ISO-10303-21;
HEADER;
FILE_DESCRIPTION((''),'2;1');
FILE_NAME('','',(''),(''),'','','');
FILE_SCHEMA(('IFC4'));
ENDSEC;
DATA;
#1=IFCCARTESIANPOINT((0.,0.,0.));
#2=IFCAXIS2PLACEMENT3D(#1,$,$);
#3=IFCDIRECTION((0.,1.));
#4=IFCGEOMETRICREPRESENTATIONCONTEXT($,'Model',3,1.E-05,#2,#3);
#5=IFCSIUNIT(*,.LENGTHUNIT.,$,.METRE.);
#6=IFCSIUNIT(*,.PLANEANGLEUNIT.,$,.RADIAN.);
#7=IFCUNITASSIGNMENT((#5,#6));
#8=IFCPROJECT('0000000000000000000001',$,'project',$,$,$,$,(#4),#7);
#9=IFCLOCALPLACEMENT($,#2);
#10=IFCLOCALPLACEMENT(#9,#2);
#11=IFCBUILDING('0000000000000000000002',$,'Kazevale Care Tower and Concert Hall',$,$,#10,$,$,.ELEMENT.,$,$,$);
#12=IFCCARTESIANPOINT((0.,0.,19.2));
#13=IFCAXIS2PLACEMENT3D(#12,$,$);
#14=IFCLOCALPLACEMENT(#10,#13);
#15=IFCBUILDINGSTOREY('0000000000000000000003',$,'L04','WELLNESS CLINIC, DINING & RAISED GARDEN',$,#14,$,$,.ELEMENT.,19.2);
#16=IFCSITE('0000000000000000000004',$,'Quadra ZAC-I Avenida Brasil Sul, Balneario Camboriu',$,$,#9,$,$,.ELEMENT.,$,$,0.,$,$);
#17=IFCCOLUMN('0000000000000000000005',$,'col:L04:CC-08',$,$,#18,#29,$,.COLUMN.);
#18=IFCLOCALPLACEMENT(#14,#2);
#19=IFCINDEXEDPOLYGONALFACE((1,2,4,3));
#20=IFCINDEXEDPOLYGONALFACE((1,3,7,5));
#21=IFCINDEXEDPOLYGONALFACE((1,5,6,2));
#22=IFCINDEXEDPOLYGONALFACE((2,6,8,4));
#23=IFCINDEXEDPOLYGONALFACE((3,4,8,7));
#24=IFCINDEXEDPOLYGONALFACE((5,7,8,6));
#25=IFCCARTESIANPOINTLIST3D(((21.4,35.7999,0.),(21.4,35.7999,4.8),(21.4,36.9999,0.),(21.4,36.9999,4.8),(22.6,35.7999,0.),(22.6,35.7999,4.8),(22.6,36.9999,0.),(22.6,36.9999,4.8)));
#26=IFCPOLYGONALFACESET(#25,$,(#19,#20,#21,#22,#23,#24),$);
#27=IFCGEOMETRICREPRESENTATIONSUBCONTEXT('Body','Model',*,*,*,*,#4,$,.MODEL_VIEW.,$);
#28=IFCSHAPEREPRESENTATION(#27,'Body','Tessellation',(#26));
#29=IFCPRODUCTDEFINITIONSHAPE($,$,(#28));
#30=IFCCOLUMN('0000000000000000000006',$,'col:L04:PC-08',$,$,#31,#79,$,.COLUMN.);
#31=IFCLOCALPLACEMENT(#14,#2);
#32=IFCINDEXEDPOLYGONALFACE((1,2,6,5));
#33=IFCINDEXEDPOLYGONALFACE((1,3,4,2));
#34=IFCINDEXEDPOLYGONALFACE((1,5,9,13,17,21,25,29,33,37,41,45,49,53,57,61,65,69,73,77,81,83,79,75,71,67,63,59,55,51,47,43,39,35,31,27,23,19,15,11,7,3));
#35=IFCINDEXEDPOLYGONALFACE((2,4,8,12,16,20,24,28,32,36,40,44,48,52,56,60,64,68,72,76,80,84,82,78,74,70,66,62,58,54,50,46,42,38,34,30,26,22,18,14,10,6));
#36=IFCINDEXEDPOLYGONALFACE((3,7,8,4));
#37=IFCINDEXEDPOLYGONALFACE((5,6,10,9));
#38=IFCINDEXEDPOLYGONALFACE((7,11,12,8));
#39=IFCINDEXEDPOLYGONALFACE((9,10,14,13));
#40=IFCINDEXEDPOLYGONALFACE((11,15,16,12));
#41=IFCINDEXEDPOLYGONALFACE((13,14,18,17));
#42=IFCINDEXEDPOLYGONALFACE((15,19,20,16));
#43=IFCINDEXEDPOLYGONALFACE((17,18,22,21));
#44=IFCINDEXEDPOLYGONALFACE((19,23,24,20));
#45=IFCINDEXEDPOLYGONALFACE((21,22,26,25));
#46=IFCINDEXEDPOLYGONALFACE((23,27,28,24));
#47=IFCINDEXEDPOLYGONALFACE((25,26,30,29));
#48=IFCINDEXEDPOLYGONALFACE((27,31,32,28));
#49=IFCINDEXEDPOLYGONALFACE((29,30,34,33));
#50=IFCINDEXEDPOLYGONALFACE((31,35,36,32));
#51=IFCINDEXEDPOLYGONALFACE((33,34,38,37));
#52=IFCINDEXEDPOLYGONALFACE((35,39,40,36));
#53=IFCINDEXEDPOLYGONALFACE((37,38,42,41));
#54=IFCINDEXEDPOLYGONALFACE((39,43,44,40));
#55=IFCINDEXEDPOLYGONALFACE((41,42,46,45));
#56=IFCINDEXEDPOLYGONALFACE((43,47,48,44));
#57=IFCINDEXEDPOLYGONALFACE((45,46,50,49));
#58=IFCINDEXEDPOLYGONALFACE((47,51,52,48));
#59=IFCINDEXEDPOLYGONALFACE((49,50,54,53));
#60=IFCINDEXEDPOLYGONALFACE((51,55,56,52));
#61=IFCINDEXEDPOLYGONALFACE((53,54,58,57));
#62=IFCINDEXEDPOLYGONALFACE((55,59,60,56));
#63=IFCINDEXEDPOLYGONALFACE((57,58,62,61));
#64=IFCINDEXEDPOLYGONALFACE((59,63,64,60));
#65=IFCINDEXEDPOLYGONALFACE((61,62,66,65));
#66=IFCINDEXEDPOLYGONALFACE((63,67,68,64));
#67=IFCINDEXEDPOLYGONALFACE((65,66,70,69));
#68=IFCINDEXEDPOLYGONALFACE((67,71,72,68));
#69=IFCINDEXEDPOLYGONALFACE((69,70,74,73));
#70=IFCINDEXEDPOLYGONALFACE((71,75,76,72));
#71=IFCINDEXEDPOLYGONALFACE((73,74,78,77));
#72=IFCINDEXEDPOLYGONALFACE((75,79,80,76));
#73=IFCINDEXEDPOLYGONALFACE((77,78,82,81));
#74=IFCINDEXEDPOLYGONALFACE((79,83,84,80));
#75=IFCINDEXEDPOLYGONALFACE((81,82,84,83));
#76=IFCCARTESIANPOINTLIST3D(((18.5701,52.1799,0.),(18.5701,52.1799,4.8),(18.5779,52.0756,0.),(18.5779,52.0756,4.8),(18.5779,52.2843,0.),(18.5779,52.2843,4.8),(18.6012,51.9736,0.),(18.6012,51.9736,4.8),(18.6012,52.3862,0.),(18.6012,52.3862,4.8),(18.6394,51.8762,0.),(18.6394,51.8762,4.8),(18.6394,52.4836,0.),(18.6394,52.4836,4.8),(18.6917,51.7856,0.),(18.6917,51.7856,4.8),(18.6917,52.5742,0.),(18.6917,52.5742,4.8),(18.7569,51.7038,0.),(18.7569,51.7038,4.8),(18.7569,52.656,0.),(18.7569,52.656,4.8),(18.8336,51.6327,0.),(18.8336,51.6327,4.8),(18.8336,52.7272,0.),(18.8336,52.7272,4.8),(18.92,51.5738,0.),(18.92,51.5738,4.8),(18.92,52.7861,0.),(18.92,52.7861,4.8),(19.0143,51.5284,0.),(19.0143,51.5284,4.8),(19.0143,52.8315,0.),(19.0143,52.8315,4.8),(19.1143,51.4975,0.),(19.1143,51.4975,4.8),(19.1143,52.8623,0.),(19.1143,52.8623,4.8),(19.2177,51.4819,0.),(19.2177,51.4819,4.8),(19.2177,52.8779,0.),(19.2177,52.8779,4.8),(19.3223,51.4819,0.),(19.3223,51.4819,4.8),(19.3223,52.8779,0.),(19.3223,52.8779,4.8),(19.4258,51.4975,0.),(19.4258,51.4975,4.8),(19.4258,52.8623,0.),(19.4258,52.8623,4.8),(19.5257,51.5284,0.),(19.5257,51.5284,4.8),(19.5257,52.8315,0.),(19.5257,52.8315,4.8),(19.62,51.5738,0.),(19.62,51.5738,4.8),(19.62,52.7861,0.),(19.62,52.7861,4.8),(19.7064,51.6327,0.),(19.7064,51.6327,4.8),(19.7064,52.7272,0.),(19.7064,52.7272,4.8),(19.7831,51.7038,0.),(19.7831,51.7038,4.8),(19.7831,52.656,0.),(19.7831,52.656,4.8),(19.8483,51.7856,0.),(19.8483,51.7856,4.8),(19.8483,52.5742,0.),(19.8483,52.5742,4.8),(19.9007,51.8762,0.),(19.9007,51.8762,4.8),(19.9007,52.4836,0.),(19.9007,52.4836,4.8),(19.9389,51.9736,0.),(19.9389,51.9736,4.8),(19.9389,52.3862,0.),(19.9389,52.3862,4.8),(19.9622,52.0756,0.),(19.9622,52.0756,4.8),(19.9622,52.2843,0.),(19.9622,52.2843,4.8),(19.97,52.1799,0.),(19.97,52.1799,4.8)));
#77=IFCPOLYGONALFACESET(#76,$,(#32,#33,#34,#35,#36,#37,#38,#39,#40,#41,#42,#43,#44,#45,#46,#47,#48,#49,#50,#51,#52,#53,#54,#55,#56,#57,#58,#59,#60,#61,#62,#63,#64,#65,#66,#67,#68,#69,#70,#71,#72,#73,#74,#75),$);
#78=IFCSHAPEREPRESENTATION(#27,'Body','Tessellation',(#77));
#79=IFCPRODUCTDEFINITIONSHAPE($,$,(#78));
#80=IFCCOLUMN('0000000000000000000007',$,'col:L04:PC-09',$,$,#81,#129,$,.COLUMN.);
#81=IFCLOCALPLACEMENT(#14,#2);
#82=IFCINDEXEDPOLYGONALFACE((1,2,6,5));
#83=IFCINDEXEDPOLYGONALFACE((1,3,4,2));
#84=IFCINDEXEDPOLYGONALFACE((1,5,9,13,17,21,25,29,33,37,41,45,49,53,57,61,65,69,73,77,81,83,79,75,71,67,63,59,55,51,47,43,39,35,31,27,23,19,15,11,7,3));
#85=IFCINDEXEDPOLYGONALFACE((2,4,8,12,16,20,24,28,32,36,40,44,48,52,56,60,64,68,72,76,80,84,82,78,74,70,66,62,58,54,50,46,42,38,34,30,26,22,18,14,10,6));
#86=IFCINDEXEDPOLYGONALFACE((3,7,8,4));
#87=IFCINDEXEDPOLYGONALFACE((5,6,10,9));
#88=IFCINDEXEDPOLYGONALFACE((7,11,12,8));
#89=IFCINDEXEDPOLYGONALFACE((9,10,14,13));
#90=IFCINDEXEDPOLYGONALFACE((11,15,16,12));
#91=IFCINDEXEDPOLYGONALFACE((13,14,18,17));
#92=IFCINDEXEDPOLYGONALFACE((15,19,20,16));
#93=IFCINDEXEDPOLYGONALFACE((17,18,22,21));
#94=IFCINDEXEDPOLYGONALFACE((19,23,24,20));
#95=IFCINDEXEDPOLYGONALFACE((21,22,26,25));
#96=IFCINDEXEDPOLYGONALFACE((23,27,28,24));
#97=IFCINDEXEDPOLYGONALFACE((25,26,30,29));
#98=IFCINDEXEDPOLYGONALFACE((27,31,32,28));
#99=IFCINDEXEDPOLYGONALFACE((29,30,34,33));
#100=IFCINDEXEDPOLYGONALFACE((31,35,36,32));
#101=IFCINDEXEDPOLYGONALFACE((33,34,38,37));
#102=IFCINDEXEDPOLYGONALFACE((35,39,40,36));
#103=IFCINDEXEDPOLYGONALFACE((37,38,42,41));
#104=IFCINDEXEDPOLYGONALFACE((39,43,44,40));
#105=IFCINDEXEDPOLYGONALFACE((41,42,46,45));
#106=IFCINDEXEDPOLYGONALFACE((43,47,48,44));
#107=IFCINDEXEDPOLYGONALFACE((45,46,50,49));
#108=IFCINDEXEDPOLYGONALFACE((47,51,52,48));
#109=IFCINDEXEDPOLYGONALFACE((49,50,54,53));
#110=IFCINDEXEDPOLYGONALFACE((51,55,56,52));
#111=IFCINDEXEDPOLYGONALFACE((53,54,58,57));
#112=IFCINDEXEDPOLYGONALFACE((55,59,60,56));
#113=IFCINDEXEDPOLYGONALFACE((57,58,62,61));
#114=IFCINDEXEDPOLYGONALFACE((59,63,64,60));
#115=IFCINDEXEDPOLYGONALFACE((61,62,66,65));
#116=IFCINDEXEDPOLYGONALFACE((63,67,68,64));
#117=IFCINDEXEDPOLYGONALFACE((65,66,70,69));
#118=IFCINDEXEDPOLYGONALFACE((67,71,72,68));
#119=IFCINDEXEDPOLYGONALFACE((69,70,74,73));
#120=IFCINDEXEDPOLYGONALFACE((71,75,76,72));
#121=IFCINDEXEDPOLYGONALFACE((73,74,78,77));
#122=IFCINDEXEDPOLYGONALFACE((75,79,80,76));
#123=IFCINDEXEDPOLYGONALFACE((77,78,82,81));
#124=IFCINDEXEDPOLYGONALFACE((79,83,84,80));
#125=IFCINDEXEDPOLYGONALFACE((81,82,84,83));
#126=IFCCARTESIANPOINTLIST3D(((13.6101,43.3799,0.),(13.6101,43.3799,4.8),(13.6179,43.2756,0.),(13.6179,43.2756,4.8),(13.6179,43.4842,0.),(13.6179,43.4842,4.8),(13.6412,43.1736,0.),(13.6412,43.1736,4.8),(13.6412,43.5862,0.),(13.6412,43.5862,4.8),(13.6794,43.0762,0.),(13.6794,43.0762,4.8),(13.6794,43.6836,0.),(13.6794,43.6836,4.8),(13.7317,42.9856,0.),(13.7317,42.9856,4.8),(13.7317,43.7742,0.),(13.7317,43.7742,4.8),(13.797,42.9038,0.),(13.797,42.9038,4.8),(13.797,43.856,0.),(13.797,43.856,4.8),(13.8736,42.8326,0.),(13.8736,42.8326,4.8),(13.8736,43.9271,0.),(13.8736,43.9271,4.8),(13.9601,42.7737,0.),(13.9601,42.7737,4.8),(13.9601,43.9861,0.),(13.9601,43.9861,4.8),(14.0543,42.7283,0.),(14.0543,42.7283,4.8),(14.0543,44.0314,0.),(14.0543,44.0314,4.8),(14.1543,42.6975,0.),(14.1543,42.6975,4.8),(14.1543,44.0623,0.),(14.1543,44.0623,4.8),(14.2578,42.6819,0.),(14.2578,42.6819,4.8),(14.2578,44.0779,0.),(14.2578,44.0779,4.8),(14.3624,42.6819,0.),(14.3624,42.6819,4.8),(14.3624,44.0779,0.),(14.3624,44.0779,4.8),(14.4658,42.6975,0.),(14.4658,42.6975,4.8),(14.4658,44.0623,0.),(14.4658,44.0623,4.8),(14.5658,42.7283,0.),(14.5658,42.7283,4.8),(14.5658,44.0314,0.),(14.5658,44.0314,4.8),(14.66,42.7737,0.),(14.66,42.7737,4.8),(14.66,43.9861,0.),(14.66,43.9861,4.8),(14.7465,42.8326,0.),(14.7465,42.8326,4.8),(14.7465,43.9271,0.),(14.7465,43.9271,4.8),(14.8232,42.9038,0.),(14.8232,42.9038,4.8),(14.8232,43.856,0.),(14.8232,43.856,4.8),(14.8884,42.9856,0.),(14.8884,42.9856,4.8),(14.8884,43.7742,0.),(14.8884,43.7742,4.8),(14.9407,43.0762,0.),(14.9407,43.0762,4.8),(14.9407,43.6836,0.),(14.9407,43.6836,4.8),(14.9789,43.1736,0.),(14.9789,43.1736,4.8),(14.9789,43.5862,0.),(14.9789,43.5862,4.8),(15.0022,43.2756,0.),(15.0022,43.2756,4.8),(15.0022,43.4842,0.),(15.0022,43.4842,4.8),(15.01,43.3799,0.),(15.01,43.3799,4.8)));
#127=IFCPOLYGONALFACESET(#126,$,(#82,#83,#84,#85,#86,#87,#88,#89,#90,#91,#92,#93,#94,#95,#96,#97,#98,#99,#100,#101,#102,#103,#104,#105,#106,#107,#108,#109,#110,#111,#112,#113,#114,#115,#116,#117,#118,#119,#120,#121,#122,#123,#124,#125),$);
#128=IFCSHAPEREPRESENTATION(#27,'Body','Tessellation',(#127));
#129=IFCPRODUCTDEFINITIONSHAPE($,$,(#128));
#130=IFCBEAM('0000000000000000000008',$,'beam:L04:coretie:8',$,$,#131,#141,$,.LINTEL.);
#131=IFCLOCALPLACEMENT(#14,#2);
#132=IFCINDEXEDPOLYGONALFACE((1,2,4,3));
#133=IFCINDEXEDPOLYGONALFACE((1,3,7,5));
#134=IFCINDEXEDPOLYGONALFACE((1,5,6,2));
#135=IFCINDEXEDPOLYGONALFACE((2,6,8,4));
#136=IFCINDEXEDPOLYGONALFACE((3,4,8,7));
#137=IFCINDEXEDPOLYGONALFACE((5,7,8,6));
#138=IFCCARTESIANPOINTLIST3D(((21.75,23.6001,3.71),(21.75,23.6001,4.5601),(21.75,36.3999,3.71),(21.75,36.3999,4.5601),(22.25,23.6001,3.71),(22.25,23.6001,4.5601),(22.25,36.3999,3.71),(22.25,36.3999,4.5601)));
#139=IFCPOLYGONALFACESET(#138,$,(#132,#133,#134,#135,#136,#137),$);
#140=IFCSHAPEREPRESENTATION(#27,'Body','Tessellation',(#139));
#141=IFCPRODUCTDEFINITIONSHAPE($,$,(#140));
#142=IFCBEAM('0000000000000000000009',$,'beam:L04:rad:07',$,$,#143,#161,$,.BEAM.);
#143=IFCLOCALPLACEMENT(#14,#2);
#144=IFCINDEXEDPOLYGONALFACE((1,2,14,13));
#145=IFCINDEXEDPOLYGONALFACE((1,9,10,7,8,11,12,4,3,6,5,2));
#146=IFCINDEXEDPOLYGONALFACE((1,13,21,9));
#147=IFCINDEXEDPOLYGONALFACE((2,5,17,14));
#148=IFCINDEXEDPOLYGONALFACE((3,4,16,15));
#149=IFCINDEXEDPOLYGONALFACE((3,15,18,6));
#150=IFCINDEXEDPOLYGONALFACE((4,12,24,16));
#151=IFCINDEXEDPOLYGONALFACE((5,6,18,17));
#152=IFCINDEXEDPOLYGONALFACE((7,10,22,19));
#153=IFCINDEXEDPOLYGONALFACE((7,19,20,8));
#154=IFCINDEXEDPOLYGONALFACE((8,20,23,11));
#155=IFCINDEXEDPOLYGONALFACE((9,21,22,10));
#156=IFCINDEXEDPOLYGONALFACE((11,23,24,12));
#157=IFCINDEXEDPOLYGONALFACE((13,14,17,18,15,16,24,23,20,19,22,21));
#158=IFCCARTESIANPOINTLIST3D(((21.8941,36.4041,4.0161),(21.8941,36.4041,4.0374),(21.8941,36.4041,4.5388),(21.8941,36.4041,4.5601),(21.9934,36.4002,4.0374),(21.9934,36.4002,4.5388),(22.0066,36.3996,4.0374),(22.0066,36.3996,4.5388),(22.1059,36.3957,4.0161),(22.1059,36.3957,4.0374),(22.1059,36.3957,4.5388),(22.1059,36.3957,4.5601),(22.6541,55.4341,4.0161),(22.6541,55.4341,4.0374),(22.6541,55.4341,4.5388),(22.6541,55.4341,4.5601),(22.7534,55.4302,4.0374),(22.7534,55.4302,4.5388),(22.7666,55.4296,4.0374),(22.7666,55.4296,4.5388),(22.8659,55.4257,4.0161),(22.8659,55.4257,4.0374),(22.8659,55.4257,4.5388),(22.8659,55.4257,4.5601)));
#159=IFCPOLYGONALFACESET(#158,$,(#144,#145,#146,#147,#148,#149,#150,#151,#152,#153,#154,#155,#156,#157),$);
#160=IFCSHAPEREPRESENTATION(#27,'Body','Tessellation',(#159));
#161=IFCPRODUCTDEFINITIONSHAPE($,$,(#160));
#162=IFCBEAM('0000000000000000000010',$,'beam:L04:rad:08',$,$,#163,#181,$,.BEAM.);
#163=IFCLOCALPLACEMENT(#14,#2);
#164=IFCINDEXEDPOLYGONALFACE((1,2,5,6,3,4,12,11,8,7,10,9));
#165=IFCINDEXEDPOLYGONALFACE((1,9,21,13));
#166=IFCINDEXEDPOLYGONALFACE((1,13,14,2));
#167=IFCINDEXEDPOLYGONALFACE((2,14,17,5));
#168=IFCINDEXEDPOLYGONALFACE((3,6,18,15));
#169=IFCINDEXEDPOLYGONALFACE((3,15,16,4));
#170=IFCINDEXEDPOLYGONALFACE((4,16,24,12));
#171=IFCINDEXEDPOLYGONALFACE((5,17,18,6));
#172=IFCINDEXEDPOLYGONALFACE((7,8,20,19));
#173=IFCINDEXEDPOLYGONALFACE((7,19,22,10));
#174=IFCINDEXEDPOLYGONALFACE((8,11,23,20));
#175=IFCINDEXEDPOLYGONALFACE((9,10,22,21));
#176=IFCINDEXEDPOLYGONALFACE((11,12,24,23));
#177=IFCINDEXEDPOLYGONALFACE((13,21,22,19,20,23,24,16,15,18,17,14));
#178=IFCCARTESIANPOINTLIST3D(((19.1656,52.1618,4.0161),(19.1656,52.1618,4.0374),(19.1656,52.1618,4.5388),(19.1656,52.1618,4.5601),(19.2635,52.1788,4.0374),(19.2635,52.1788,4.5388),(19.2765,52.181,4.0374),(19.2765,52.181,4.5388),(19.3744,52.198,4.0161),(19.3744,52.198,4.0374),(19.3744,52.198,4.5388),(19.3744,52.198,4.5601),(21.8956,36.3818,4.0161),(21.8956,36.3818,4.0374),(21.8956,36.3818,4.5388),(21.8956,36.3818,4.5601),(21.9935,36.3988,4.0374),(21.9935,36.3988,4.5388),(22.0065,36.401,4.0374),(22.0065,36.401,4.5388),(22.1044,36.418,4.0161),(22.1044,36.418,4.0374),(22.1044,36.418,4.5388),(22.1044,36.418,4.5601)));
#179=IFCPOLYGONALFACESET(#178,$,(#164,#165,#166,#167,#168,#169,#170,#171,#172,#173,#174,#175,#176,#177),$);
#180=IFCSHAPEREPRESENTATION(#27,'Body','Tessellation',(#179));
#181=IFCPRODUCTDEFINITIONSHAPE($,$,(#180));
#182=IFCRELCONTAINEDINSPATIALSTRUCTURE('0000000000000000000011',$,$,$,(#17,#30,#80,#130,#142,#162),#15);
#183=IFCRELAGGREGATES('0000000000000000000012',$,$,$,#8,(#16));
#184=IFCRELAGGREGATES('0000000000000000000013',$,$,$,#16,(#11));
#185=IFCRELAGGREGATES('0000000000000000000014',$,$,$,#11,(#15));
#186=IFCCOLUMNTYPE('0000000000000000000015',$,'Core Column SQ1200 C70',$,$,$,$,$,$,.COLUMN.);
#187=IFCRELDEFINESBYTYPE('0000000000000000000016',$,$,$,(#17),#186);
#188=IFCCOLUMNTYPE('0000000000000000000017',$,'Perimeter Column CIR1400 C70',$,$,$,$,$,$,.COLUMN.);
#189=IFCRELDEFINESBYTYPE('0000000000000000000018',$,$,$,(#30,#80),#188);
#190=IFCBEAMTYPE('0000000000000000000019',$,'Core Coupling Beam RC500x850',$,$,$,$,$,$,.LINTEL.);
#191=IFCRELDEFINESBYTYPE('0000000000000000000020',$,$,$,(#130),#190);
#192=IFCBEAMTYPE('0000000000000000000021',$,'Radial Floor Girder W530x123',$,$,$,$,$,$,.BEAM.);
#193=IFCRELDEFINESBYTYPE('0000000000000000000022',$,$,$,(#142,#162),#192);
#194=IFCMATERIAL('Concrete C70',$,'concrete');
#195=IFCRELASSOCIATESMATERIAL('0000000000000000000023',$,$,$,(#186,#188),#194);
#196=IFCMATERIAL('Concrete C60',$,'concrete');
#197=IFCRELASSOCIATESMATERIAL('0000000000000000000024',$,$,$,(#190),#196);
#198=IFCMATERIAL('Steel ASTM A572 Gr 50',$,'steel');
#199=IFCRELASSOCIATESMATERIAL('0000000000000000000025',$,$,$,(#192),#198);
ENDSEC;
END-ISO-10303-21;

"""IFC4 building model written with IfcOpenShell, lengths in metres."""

from ifc_helpers import new_model, si_unit, direction, frame, origin, origin_2d, place, context, subcontext, project, spatial, rectangle, circle, i_section, extrude, material, material_profile, profile_set, type_object, element, save


model = new_model("IFC4")

# Units and contexts
model_context = context("Model", 3, precision=1e-05, world=origin(), true_north=direction((0.0, 1.0)))
body_context = subcontext(model_context, "Body", "Model", "MODEL_VIEW")
ifc_project = project(units=[si_unit("LENGTHUNIT", "METRE"), si_unit("PLANEANGLEUNIT", "RADIAN")], contexts=[model_context])

# Site, building, storey
site_placement = place(None, origin())
site = spatial("IfcSite", under=ifc_project, at=site_placement, Name="Quadra ZAC-I Avenida Brasil Sul, Balneario Camboriu", CompositionType="ELEMENT", RefElevation=0.0)
building_placement = place(site_placement, origin())
building = spatial("IfcBuilding", under=site, at=building_placement, Name="Kazevale Care Tower and Concert Hall", CompositionType="ELEMENT")
storey_placement = place(building_placement, frame((0.0, 0.0, 19.2)))
storey = spatial("IfcBuildingStorey", under=building, at=storey_placement, Name="L04", Description="WELLNESS CLINIC, DINING & RAISED GARDEN", CompositionType="ELEMENT", Elevation=19.2)

# Columns
ifc_material_1 = material(Name="Concrete C70", Category="concrete")
ifc_material_profile_1 = material_profile(ifc_material_1, rectangle(XDim=1.2, YDim=1.2, at=origin_2d()), Name="RC-SQ1200")
ifc_profile_set_1 = profile_set([ifc_material_profile_1], Name="Concrete C70")
column_type_1 = type_object("IfcColumnType", Name="Core Column SQ1200 C70", PredefinedType="COLUMN", material=ifc_profile_set_1)
column_placement = place(storey_placement, frame((22.0, 36.3999, 0.0), z_axis=(0.0, 0.0, 1.0), x_axis=(1.0, 0.0, 0.0)))
element("IfcColumn", 1, at=column_placement, inside=storey, type_object=column_type_1, Name="col:L04:CC-08", PredefinedType="COLUMN", context=body_context, shape_type="SweptSolid", body=[
    extrude(rectangle(XDim=1.2, YDim=1.2, at=origin_2d()), origin(), (0.0, 0.0, 1.0), 4.8),
])
ifc_material_profile_2 = material_profile(ifc_material_1, circle(Radius=0.7, at=origin_2d()), Name="RC-CIR1400")
ifc_profile_set_2 = profile_set([ifc_material_profile_2], Name="Concrete C70")
column_type_2 = type_object("IfcColumnType", Name="Perimeter Column CIR1400 C70", PredefinedType="COLUMN", material=ifc_profile_set_2)
for number, where, z_axis, x_axis, name in (
    (2, (19.27, 52.1799, 0.0), (0.0, 0.0, 1.0), (1.0, 0.0, 0.0), "col:L04:PC-08"),
    (3, (14.3101, 43.3799, 0.0), (0.0, 0.0, 1.0), (1.0, 0.0, 0.0), "col:L04:PC-09"),
):
    element("IfcColumn", number, at=place(storey_placement, frame(where, z_axis=z_axis, x_axis=x_axis)), inside=storey, type_object=column_type_2, Name=name, PredefinedType="COLUMN", context=body_context, shape_type="SweptSolid", body=[
        extrude(circle(Radius=0.7, at=origin_2d()), origin(), (0.0, 0.0, 1.0), 4.8),
    ])

# Beams
ifc_material_2 = material(Name="Concrete C60", Category="concrete")
ifc_material_profile_3 = material_profile(ifc_material_2, rectangle(XDim=0.5, YDim=0.8501, at=origin_2d()), Name="RC-B500x850")
ifc_profile_set_3 = profile_set([ifc_material_profile_3], Name="Concrete C60")
beam_type_1 = type_object("IfcBeamType", Name="Core Coupling Beam RC500x850", PredefinedType="LINTEL", material=ifc_profile_set_3)
beam_1_placement = place(storey_placement, frame((22.0, 36.3999, 4.135), z_axis=(0.0, -1.0, 0.0), x_axis=(1.0, 0.0, 0.0)))
element("IfcBeam", 4, at=beam_1_placement, inside=storey, type_object=beam_type_1, Name="beam:L04:coretie:8", PredefinedType="LINTEL", context=body_context, shape_type="SweptSolid", body=[
    extrude(rectangle(XDim=0.5, YDim=0.8501, at=origin_2d()), origin(), (0.0, 0.0, 1.0), 12.7998),
])
ifc_material_3 = material(Name="Steel ASTM A572 Gr 50", Category="steel")
ifc_material_profile_4 = material_profile(ifc_material_3, i_section(OverallWidth=0.2119, OverallDepth=0.5439, WebThickness=0.0132, FlangeThickness=0.0212, at=origin_2d()), Name="W530x123")
ifc_profile_set_4 = profile_set([ifc_material_profile_4], Name="Steel ASTM A572 Gr 50")
beam_type_2 = type_object("IfcBeamType", Name="Radial Floor Girder W530x123", PredefinedType="BEAM", material=ifc_profile_set_4)
beam_2_placement = place(storey_placement, frame((22.0, 36.3999, 4.2881), z_axis=(0.039906, 0.999203, 0.0), x_axis=(-0.999203, 0.039906, 0.0)))
element("IfcBeam", 5, at=beam_2_placement, inside=storey, type_object=beam_type_2, Name="beam:L04:rad:07", PredefinedType="BEAM", context=body_context, shape_type="SweptSolid", body=[
    extrude(i_section(OverallWidth=0.2119, OverallDepth=0.5439, WebThickness=0.0132, FlangeThickness=0.0212, at=origin_2d()), origin(), (0.0, 0.0, 1.0), 19.0452),
])
beam_3_placement = place(storey_placement, frame((22.0, 36.3999, 4.2881), z_axis=(-0.17047, 0.985363, 0.0), x_axis=(-0.985363, -0.17047, 0.0)))
element("IfcBeam", 6, at=beam_3_placement, inside=storey, type_object=beam_type_2, Name="beam:L04:rad:08", PredefinedType="BEAM", context=body_context, shape_type="SweptSolid", body=[
    extrude(i_section(OverallWidth=0.2119, OverallDepth=0.5439, WebThickness=0.0132, FlangeThickness=0.0212, at=origin_2d()), origin(), (0.0, 0.0, 1.0), 16.0144),
])

save(model, "model.ifc")
